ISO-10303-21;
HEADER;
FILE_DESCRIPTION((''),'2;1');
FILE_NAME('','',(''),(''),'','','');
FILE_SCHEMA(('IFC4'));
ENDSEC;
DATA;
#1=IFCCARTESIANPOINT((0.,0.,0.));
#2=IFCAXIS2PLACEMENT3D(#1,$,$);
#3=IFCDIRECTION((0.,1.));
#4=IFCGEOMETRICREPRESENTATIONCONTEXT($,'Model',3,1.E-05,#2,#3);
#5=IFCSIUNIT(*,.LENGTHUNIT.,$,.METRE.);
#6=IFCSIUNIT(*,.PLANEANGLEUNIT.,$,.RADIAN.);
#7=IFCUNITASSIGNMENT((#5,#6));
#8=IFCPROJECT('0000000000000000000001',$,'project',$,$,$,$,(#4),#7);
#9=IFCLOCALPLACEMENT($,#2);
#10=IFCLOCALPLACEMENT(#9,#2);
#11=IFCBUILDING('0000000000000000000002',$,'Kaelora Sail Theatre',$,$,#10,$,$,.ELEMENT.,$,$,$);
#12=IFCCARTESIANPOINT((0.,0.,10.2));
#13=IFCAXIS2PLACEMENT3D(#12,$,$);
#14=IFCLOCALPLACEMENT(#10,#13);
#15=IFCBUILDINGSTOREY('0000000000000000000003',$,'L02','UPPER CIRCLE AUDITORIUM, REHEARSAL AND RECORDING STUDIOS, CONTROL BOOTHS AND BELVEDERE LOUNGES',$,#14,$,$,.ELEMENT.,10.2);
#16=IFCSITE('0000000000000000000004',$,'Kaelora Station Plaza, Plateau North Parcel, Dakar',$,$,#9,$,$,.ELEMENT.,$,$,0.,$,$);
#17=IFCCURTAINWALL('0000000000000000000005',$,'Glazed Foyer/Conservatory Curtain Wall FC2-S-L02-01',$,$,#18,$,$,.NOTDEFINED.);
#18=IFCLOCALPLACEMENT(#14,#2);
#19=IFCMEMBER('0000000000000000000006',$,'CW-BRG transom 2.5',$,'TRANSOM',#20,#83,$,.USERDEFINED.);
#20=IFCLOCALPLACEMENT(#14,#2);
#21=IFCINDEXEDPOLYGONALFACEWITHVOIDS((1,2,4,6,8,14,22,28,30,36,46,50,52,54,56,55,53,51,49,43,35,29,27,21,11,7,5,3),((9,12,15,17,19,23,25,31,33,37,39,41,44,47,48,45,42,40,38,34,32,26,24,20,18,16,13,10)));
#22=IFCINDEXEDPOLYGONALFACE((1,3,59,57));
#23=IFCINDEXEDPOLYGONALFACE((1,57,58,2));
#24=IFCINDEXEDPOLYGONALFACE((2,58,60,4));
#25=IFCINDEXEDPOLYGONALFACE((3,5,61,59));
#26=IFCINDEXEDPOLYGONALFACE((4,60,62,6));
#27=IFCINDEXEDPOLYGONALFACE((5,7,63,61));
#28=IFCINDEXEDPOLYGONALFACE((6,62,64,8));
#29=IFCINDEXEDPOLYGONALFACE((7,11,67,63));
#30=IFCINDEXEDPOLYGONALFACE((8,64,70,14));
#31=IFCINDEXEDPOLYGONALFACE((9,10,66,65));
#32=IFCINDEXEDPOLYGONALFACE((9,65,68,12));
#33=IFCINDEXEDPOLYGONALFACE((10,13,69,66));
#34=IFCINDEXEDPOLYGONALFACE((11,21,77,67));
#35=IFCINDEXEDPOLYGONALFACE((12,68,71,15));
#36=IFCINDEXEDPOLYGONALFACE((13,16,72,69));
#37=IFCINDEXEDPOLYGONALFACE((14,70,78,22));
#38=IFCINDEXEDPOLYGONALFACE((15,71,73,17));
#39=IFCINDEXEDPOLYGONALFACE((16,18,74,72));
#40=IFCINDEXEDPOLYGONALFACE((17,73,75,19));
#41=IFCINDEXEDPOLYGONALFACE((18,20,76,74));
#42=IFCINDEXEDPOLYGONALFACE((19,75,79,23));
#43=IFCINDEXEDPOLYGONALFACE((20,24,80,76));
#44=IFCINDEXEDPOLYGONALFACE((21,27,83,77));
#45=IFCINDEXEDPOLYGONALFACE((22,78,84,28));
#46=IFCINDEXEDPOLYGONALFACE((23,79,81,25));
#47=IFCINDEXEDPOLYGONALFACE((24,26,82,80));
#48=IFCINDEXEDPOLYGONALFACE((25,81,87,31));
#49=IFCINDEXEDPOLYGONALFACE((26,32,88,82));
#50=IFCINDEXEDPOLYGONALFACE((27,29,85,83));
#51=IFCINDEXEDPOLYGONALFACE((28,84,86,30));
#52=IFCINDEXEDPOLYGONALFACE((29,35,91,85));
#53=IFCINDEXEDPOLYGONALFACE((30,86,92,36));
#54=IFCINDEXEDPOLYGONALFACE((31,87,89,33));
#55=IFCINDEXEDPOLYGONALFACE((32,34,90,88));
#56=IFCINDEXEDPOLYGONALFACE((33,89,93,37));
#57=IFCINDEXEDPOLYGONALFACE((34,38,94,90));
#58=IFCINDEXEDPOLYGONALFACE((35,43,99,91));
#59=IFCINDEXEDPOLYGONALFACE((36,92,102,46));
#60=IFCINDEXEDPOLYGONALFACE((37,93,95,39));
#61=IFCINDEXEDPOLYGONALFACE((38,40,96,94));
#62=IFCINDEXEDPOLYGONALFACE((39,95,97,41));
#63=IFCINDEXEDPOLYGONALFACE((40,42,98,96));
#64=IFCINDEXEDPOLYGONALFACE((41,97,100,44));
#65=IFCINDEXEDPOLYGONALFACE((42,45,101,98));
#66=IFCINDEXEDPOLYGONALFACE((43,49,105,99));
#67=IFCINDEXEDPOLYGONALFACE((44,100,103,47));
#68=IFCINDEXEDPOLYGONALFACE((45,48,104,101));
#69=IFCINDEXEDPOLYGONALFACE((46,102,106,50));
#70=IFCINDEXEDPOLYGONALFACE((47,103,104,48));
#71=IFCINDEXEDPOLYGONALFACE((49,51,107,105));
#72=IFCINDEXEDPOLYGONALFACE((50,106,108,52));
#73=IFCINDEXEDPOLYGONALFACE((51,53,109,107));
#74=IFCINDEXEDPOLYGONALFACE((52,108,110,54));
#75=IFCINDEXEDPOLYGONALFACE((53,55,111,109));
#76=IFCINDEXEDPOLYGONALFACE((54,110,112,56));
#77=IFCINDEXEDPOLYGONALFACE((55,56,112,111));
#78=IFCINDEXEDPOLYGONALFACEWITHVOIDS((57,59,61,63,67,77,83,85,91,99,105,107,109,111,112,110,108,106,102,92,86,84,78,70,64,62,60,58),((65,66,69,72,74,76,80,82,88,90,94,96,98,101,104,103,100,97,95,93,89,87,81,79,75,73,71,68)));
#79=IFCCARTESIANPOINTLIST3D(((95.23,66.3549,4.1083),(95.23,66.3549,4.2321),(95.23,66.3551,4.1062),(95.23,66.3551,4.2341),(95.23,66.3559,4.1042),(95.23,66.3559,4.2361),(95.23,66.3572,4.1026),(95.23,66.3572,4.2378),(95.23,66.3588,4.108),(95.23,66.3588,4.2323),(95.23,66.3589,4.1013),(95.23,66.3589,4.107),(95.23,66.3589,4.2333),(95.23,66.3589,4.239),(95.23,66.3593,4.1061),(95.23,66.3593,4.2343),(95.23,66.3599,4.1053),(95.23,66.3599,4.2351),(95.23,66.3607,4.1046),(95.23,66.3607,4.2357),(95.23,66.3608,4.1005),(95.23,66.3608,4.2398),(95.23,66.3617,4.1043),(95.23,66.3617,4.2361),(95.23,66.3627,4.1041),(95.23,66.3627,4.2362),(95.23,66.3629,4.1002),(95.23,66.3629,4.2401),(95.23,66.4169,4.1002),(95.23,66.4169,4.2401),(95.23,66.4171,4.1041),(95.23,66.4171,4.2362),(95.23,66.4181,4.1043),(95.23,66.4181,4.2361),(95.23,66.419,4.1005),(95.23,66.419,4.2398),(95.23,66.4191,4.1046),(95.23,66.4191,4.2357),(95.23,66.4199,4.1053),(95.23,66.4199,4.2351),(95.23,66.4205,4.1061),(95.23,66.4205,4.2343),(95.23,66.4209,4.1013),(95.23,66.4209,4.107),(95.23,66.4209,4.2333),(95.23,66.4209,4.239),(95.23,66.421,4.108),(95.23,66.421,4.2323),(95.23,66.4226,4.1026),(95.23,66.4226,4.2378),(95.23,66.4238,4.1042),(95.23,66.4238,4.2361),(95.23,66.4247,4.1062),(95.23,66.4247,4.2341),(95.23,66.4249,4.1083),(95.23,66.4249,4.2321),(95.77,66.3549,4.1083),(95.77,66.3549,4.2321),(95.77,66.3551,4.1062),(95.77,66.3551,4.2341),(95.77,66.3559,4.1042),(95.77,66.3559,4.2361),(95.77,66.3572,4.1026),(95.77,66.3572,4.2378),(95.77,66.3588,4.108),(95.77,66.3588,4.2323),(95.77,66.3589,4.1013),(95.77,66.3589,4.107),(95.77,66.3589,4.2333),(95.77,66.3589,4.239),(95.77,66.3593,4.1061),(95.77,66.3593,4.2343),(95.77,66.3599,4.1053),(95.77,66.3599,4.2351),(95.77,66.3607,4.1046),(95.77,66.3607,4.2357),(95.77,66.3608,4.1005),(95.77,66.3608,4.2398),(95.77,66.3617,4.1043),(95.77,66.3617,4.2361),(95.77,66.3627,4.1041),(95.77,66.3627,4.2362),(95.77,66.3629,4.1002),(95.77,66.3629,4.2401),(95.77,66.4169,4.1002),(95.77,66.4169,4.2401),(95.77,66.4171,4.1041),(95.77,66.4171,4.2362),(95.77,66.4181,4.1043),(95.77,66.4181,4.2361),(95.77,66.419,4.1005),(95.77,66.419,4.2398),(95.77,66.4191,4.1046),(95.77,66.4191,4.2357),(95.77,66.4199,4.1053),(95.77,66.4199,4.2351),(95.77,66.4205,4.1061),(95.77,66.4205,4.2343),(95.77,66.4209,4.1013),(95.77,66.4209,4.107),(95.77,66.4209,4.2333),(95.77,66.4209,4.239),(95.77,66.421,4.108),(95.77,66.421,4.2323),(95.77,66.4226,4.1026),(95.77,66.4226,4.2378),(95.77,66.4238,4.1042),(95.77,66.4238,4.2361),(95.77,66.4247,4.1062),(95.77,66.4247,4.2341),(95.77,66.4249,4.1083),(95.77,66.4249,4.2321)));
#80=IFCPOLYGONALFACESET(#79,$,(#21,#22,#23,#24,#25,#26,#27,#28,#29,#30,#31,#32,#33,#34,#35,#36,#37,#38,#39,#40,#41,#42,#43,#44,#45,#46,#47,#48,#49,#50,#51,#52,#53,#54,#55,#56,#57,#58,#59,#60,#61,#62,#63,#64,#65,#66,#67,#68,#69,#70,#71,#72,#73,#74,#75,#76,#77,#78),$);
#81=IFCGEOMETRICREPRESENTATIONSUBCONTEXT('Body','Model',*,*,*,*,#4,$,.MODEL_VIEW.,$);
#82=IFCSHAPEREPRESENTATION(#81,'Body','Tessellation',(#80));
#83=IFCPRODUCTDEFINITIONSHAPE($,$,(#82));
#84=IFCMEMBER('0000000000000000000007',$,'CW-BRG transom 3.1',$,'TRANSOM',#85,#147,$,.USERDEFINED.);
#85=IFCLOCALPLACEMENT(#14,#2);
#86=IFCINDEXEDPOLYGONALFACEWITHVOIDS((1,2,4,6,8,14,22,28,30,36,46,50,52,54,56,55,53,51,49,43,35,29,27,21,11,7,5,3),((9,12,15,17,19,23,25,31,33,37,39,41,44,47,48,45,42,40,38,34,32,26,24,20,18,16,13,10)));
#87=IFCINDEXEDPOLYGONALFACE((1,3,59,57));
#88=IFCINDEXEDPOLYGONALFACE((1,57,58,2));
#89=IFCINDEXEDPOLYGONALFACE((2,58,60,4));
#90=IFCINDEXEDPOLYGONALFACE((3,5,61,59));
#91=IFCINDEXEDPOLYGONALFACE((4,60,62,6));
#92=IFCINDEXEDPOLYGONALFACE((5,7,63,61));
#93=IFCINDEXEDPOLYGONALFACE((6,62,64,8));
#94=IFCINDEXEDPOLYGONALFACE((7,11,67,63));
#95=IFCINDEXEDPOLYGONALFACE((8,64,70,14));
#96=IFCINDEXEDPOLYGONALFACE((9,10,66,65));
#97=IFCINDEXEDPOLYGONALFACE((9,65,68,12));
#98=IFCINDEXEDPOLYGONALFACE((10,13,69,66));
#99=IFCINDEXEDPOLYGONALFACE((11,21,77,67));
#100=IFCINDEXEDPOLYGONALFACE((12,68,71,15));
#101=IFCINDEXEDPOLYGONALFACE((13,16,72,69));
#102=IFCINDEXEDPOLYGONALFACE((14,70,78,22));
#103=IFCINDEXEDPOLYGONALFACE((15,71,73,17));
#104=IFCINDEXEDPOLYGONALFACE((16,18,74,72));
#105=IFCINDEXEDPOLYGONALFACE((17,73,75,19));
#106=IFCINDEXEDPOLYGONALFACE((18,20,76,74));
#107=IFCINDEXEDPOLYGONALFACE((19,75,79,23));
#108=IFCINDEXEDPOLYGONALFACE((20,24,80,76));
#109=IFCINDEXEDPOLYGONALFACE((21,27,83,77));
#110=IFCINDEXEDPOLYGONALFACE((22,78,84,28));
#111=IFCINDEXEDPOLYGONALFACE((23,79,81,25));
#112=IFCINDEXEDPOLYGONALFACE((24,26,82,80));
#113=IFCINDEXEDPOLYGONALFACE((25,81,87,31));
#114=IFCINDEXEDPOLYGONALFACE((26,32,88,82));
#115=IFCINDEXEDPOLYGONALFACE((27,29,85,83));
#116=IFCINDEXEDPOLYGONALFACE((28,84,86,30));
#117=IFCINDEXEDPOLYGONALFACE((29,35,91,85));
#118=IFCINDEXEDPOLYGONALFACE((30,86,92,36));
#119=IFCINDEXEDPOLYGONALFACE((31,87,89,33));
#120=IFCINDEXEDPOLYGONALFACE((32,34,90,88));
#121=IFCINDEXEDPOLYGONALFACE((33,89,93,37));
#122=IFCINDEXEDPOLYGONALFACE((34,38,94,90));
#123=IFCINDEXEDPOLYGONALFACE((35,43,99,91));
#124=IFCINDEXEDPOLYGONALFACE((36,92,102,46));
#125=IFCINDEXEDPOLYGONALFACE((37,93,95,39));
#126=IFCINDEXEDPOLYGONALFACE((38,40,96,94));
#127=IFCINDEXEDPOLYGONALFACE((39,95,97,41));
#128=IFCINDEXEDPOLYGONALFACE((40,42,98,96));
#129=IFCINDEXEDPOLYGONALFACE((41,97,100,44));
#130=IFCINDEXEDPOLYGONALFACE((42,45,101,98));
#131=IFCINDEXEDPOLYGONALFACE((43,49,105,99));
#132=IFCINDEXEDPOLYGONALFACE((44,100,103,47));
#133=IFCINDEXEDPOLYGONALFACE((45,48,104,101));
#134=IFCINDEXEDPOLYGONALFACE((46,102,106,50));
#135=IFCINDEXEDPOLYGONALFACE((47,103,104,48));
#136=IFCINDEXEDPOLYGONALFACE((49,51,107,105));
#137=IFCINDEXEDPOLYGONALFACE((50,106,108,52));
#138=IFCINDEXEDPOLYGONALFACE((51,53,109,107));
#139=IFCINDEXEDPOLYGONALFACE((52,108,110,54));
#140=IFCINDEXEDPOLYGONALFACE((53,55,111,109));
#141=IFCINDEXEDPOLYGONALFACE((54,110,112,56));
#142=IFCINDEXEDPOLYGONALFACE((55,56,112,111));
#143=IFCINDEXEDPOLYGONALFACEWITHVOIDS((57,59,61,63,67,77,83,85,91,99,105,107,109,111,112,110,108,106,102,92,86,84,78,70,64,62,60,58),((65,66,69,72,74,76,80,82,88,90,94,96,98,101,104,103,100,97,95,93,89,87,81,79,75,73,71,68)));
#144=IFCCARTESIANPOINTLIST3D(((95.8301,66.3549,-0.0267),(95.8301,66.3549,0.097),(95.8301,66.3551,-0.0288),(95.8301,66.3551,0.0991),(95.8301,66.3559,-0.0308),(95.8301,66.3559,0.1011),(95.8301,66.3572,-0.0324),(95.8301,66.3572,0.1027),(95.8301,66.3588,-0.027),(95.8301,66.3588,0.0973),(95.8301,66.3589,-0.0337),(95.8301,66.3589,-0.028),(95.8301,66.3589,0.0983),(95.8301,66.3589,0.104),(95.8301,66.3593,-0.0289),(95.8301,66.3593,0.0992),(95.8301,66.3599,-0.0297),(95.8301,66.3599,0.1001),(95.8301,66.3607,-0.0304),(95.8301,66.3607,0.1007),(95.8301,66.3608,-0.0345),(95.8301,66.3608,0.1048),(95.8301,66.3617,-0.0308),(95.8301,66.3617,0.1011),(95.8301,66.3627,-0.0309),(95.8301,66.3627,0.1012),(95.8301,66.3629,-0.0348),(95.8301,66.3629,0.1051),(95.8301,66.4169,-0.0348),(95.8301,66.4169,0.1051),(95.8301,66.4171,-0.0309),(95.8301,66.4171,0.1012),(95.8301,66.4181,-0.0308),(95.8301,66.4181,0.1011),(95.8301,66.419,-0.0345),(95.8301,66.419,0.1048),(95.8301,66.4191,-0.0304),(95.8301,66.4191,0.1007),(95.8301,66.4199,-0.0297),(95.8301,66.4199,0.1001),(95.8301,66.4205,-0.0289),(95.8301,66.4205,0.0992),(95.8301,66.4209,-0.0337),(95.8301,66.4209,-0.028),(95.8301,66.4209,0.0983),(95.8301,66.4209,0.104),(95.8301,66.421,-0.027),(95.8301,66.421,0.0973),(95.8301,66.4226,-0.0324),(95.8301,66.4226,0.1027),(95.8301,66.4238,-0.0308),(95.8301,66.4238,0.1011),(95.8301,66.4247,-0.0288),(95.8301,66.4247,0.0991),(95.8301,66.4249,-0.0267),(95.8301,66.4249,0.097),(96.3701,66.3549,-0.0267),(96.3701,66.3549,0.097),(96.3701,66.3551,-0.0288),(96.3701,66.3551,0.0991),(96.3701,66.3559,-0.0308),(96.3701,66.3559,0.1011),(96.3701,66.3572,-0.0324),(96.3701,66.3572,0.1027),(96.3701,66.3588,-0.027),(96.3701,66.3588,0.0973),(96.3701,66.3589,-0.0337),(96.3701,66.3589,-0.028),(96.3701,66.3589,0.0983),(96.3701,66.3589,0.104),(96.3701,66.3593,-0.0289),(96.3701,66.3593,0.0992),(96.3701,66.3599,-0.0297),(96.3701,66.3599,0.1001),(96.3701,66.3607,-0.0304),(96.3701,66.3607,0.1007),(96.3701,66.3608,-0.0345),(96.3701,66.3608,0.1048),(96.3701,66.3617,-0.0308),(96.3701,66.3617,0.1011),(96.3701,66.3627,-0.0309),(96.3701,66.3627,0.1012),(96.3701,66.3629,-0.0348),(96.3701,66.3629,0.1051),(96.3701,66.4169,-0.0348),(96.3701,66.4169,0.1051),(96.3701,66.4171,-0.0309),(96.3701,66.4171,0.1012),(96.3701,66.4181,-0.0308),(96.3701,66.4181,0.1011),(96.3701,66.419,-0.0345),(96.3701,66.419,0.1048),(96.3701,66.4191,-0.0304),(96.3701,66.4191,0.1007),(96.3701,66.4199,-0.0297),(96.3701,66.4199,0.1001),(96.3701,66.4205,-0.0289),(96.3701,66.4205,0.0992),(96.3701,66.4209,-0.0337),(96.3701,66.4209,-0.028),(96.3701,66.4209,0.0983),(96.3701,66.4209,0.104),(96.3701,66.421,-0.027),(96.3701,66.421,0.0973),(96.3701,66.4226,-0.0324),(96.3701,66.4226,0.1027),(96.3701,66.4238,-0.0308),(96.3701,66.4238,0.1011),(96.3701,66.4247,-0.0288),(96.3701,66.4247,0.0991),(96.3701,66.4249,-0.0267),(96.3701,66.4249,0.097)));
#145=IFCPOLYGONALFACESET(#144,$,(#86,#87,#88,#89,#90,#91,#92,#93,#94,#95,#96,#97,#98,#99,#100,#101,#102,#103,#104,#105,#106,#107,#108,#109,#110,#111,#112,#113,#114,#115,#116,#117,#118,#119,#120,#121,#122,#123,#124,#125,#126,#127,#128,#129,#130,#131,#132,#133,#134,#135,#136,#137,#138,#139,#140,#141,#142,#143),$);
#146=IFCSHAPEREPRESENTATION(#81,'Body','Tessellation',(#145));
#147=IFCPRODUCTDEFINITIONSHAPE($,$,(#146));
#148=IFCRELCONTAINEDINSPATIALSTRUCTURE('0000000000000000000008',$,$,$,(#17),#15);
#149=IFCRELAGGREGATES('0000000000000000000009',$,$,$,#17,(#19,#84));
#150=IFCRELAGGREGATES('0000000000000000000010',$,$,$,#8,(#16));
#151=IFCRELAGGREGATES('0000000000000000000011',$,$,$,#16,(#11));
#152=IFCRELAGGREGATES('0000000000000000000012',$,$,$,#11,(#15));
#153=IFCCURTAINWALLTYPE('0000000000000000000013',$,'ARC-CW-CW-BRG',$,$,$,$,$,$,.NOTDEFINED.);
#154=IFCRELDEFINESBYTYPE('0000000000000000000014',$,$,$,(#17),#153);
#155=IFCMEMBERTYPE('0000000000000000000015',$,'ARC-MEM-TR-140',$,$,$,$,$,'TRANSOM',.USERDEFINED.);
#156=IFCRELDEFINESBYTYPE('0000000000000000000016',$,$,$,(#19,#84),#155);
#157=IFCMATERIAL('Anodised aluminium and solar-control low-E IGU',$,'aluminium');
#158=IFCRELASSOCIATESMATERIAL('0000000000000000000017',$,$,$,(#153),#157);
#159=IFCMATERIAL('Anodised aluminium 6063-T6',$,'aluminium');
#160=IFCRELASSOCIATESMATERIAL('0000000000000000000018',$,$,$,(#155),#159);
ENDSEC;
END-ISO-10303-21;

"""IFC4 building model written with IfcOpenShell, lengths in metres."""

from ifc_helpers import new_model, si_unit, direction, frame, origin, origin_2d, place, context, subcontext, project, spatial, hollow_rectangle, extrude, material, material_profile, profile_set, type_object, element, aggregate, save


model = new_model("IFC4")

# Units and contexts
model_context = context("Model", 3, precision=1e-05, world=origin(), true_north=direction((0.0, 1.0)))
body_context = subcontext(model_context, "Body", "Model", "MODEL_VIEW")
ifc_project = project(units=[si_unit("LENGTHUNIT", "METRE"), si_unit("PLANEANGLEUNIT", "RADIAN")], contexts=[model_context])

# Site, building, storey
site_placement = place(None, origin())
site = spatial("IfcSite", under=ifc_project, at=site_placement, Name="Kaelora Station Plaza, Plateau North Parcel, Dakar", CompositionType="ELEMENT", RefElevation=0.0)
building_placement = place(site_placement, origin())
building = spatial("IfcBuilding", under=site, at=building_placement, Name="Kaelora Sail Theatre", CompositionType="ELEMENT")
storey_placement = place(building_placement, frame((0.0, 0.0, 10.2)))
storey = spatial("IfcBuildingStorey", under=building, at=storey_placement, Name="L02", Description="UPPER CIRCLE AUDITORIUM, REHEARSAL AND RECORDING STUDIOS, CONTROL BOOTHS AND BELVEDERE LOUNGES", CompositionType="ELEMENT", Elevation=10.2)

# Curtain wall, members
ifc_material_1 = material(Name="Anodised aluminium and solar-control low-E IGU", Category="aluminium")
curtain_wall_type = type_object("IfcCurtainWallType", Name="ARC-CW-CW-BRG", PredefinedType="NOTDEFINED", material=ifc_material_1)
curtain_wall_placement = place(storey_placement, origin())
curtain_wall = element("IfcCurtainWall", 1, at=curtain_wall_placement, inside=storey, type_object=curtain_wall_type, Name="Glazed Foyer/Conservatory Curtain Wall FC2-S-L02-01", PredefinedType="NOTDEFINED")
ifc_material_2 = material(Name="Anodised aluminium 6063-T6", Category="aluminium")
ifc_material_profile_1 = material_profile(ifc_material_2, hollow_rectangle(XDim=0.0701, YDim=0.1399, WallThickness=0.0039, InnerFilletRadius=0.0039, OuterFilletRadius=0.0081, at=origin_2d()), Name="ALU-TRAN 70x140x4")
ifc_profile_set_1 = profile_set([ifc_material_profile_1], Name="Anodised aluminium 6063-T6")
member_type_1 = type_object("IfcMemberType", Name="ARC-MEM-TR-140", ElementType="TRANSOM", PredefinedType="USERDEFINED", material=ifc_profile_set_1)
member_1_placement = place(storey_placement, frame((95.23, 66.3899, 4.1702), z_axis=(1.0, 0.0, 0.0), x_axis=(0.0, 1.0, 0.0)))
member_1 = element("IfcMember", 2, at=member_1_placement, type_object=member_type_1, Name="CW-BRG transom 2.5", ObjectType="TRANSOM", PredefinedType="USERDEFINED", context=body_context, shape_type="SweptSolid", body=[
    extrude(hollow_rectangle(XDim=0.0701, YDim=0.1399, WallThickness=0.0039, InnerFilletRadius=0.0039, OuterFilletRadius=0.0081, at=origin_2d()), origin(), (0.0, 0.0, 1.0), 0.54),
])
member_2_placement = place(storey_placement, frame((95.8301, 66.3899, 0.0352), z_axis=(1.0, 0.0, 0.0), x_axis=(0.0, 1.0, 0.0)))
member_2 = element("IfcMember", 3, at=member_2_placement, type_object=member_type_1, Name="CW-BRG transom 3.1", ObjectType="TRANSOM", PredefinedType="USERDEFINED", context=body_context, shape_type="SweptSolid", body=[
    extrude(hollow_rectangle(XDim=0.0701, YDim=0.1399, WallThickness=0.0039, InnerFilletRadius=0.0039, OuterFilletRadius=0.0081, at=origin_2d()), origin(), (0.0, 0.0, 1.0), 0.54),
])
aggregate(curtain_wall, [member_1, member_2])

save(model, "model.ifc")
